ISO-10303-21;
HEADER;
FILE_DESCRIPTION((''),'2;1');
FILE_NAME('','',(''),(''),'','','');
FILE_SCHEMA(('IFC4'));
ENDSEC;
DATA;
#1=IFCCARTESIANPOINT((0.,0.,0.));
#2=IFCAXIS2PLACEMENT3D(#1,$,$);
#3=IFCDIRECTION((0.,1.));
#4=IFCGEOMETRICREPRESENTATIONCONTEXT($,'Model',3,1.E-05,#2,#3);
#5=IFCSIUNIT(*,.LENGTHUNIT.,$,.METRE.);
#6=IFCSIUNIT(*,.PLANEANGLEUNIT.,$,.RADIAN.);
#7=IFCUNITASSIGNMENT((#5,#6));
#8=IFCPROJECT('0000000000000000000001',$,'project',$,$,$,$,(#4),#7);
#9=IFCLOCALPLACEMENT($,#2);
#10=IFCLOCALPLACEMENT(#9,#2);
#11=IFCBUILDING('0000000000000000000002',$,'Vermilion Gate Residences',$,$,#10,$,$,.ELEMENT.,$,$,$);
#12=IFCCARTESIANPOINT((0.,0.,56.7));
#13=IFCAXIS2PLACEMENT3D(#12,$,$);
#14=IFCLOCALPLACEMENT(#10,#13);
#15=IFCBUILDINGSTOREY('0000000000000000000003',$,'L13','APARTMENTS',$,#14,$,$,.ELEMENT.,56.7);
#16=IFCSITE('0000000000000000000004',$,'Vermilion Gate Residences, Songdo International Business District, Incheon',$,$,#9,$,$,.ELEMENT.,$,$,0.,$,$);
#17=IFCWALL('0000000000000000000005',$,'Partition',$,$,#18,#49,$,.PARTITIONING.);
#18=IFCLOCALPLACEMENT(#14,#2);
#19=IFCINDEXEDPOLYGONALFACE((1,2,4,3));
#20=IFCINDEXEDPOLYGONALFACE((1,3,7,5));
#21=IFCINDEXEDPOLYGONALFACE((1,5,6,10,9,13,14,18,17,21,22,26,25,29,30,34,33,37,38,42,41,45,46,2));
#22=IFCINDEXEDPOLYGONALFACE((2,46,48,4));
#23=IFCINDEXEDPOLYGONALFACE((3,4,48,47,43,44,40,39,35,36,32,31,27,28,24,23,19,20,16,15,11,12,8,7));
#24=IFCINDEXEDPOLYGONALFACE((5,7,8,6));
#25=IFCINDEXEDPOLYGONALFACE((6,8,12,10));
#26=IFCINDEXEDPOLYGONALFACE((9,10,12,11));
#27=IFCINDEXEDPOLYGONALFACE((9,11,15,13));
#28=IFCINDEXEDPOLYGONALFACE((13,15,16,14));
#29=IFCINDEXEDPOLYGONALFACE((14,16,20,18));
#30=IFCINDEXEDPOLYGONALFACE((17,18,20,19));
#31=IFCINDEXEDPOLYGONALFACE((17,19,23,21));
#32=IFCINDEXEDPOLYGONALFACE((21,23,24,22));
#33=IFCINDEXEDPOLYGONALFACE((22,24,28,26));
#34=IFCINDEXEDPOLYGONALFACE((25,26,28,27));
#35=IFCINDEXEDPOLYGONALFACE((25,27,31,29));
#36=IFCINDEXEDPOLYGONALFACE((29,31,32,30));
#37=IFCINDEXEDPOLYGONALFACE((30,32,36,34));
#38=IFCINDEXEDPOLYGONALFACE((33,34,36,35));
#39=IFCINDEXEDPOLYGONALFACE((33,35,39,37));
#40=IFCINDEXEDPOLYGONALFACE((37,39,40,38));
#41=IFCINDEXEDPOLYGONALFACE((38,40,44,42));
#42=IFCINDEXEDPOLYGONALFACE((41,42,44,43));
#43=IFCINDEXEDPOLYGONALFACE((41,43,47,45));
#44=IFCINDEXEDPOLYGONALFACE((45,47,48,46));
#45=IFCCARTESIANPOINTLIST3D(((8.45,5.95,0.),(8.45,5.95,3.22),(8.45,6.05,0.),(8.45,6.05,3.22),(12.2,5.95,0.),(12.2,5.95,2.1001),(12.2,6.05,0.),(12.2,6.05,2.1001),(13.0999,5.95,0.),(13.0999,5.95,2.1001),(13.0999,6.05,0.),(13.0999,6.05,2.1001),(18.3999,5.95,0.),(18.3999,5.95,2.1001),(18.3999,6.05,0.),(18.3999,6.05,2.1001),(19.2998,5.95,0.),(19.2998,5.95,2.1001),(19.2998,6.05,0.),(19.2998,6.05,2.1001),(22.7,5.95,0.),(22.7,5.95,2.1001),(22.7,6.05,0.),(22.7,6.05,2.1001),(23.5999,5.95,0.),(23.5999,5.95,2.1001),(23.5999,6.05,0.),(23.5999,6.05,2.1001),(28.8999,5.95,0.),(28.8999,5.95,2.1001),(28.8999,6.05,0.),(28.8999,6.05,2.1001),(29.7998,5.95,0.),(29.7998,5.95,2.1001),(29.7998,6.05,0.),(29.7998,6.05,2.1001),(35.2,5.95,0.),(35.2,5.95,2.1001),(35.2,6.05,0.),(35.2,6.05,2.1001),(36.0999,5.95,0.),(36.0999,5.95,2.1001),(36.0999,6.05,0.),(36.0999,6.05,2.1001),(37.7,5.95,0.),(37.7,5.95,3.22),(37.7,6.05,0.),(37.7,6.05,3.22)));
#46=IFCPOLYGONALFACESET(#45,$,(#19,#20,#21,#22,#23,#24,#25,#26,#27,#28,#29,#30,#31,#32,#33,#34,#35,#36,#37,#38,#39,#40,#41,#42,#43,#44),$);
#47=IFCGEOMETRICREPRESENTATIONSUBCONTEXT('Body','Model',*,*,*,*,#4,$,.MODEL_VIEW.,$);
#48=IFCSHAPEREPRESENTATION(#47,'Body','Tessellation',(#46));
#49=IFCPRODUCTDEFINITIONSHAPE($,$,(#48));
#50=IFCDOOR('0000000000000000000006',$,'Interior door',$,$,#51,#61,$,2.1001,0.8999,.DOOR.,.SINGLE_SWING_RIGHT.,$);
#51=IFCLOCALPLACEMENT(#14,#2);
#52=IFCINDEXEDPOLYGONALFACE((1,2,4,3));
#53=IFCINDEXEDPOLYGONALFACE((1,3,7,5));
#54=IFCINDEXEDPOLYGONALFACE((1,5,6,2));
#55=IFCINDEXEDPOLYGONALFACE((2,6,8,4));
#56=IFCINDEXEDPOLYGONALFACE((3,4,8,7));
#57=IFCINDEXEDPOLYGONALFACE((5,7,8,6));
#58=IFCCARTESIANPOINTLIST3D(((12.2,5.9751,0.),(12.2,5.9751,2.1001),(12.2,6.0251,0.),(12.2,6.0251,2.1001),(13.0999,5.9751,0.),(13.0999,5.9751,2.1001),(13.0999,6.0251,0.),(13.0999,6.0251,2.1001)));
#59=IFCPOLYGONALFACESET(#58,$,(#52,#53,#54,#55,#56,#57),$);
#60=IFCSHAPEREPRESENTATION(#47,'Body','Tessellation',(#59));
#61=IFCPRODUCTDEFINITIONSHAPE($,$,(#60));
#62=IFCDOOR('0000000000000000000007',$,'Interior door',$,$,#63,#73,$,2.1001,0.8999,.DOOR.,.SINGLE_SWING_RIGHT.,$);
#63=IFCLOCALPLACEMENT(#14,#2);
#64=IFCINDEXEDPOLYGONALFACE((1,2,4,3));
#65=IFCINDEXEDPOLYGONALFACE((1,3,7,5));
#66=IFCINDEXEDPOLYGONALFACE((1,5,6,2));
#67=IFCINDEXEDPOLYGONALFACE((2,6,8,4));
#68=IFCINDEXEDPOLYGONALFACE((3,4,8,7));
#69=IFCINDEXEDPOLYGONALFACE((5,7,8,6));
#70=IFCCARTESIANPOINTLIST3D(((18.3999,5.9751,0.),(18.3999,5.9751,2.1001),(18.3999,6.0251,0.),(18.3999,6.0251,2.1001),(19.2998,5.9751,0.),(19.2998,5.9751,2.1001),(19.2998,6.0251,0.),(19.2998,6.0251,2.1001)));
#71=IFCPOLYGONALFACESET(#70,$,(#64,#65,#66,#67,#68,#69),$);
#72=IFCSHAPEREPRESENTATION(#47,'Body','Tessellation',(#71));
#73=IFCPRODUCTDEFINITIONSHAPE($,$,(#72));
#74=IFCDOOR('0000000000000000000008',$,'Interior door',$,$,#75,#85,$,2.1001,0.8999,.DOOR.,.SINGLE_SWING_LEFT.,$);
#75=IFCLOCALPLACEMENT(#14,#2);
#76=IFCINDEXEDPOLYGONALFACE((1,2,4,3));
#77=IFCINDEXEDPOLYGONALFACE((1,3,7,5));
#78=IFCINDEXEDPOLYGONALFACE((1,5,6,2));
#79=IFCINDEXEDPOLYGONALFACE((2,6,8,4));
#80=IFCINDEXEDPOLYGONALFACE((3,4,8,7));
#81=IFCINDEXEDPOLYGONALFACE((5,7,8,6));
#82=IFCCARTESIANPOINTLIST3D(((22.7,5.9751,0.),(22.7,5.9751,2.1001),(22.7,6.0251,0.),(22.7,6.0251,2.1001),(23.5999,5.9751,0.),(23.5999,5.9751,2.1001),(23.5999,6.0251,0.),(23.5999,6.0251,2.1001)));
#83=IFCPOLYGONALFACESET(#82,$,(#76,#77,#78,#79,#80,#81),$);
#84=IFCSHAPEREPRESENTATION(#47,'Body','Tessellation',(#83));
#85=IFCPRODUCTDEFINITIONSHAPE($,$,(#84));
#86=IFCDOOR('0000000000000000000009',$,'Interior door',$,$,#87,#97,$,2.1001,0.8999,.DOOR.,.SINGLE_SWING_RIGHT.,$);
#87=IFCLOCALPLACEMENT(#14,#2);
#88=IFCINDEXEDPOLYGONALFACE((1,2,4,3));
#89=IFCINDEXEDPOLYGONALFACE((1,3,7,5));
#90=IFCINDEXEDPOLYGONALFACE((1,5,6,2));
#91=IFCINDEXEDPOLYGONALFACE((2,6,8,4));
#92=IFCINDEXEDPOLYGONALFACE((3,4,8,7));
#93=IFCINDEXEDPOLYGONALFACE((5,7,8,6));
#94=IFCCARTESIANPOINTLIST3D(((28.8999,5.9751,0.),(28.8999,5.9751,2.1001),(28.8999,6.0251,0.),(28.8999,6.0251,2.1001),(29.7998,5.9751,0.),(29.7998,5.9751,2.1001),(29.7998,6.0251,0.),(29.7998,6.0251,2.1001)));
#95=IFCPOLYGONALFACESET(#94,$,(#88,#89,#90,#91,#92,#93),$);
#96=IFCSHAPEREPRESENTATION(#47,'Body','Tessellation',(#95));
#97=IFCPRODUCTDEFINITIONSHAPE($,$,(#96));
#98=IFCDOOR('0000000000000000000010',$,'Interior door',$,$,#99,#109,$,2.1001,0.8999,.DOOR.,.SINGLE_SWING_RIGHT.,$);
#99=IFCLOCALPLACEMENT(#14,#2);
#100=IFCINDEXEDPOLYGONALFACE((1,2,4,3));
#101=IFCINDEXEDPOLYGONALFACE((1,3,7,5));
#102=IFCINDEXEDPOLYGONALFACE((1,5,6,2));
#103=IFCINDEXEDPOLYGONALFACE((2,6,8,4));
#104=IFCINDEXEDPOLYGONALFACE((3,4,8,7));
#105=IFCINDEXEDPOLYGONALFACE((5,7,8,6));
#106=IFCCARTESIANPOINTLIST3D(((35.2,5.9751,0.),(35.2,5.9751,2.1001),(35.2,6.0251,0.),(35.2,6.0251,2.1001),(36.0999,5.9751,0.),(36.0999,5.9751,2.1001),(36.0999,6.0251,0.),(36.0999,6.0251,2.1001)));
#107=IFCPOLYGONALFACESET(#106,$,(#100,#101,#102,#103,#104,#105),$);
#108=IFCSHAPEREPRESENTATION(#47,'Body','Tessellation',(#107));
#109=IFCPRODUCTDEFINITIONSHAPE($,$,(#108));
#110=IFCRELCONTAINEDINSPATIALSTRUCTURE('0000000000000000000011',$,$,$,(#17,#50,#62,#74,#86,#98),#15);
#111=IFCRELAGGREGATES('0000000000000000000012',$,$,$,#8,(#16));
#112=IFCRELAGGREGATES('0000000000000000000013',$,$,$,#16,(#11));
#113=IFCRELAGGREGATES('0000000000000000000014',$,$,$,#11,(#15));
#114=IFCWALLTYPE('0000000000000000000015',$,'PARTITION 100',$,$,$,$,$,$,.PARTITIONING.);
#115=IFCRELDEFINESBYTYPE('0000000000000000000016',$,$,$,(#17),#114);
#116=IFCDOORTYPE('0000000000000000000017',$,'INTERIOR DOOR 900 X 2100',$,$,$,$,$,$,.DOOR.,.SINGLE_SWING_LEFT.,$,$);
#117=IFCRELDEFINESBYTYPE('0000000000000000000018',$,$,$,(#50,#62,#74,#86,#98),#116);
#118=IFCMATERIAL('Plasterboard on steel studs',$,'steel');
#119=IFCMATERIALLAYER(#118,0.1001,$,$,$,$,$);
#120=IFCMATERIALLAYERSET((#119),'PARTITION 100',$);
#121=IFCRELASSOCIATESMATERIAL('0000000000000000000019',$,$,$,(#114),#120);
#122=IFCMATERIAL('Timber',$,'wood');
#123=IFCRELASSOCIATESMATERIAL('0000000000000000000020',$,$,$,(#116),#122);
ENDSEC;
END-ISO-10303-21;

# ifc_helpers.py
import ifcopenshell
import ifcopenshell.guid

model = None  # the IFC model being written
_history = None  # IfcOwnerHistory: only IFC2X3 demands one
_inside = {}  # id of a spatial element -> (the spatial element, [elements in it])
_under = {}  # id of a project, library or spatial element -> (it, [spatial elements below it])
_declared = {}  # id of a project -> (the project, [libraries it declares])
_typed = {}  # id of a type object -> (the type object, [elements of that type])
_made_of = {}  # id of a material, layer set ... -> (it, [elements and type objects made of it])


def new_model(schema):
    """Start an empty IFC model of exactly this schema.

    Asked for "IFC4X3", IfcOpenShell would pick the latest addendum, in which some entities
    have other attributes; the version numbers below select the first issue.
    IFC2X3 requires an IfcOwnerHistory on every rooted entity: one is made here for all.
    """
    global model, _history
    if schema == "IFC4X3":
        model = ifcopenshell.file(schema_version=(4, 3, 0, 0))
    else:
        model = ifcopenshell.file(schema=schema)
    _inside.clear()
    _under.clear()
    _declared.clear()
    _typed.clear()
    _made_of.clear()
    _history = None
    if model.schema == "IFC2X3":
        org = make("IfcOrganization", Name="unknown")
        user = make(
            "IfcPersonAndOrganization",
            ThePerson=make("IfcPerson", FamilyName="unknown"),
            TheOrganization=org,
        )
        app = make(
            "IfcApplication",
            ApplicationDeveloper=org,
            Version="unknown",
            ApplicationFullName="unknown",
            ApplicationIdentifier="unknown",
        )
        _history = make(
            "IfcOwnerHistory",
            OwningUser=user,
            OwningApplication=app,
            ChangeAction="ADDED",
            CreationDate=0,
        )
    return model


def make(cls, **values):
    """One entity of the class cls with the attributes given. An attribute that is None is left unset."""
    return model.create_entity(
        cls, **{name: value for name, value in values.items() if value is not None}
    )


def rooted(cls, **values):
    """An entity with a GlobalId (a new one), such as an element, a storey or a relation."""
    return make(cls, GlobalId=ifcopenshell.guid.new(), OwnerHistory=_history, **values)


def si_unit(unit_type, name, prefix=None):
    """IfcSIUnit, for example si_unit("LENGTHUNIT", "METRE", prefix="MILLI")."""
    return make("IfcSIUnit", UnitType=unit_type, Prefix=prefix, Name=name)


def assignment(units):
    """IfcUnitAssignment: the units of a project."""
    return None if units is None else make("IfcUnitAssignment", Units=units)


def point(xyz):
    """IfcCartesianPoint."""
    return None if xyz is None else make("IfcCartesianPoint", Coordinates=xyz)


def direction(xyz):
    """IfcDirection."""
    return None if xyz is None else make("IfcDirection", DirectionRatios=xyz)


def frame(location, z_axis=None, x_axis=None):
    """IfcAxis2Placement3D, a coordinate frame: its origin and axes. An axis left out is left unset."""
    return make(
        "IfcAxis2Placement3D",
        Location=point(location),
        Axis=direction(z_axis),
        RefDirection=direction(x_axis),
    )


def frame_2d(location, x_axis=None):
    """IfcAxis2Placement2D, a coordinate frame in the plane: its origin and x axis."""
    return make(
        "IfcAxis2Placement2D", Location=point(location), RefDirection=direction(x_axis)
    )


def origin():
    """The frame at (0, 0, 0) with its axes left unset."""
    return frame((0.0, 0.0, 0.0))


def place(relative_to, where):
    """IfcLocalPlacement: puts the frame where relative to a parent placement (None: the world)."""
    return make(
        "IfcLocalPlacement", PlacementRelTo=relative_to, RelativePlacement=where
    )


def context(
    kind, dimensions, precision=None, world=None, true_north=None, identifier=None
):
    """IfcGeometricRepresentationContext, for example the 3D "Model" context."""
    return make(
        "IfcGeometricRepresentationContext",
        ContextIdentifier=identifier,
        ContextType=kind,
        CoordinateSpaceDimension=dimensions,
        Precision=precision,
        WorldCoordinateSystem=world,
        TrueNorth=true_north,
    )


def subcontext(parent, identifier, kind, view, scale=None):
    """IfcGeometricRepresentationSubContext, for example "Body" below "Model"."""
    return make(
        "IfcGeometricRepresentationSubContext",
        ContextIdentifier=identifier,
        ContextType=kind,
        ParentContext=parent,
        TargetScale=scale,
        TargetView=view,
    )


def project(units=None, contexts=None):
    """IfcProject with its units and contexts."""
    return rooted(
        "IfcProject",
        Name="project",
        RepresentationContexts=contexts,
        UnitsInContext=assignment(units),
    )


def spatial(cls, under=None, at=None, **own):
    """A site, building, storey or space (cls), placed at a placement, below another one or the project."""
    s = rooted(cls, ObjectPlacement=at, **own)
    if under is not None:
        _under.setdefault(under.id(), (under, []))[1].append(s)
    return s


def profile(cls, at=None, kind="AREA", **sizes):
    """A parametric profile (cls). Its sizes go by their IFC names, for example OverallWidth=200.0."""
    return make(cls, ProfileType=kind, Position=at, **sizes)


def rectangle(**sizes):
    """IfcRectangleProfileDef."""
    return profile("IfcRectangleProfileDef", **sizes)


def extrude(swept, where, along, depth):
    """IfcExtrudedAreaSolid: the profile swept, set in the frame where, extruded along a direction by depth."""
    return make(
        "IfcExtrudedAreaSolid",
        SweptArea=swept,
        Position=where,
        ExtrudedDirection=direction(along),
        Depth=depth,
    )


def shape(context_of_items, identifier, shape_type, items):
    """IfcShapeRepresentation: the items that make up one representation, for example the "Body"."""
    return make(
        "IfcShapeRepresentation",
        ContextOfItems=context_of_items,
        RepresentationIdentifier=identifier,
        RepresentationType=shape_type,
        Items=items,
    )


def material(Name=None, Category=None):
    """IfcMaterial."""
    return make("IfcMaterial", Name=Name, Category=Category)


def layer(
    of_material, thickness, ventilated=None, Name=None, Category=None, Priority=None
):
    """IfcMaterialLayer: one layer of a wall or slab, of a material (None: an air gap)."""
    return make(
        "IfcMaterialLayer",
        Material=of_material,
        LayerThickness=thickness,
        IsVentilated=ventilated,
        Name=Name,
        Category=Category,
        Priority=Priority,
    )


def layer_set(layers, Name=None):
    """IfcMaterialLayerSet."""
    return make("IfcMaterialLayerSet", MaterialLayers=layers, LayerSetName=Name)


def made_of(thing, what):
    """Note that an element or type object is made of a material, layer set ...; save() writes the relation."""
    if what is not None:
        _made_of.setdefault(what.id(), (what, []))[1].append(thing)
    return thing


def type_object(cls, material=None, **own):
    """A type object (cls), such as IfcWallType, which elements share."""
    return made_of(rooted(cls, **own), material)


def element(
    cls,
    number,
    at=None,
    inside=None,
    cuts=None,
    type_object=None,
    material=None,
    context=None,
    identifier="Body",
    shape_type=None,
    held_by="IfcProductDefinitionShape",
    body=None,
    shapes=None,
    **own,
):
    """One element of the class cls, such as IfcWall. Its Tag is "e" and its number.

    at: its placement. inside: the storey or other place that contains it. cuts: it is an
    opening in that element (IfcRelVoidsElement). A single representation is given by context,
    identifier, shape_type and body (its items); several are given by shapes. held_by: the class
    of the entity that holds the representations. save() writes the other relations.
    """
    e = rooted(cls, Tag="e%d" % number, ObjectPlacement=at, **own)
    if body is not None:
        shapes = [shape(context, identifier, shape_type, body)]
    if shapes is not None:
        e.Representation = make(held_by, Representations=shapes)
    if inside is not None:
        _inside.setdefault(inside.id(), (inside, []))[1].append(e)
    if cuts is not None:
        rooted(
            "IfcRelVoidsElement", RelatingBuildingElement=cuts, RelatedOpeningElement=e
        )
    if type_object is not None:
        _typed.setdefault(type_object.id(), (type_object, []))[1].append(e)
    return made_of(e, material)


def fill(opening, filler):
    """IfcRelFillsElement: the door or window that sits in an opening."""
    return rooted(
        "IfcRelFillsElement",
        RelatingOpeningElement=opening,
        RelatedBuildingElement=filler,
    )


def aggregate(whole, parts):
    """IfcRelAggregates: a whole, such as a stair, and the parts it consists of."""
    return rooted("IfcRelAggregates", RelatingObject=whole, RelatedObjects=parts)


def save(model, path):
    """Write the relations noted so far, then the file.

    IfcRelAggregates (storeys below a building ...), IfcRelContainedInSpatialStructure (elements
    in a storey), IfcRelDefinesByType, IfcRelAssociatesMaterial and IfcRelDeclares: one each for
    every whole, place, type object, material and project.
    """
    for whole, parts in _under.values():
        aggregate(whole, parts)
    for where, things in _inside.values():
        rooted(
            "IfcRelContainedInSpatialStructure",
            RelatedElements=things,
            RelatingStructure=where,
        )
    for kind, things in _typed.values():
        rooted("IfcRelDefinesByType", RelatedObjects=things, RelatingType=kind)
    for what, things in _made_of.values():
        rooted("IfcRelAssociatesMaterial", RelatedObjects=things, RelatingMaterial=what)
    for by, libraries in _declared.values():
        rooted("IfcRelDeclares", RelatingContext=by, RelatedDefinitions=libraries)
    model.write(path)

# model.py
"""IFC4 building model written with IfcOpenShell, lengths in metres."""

from ifc_helpers import new_model, si_unit, direction, frame, frame_2d, origin, place, context, subcontext, project, spatial, rectangle, extrude, material, layer, layer_set, type_object, element, fill, save


model = new_model("IFC4")

# Units and contexts
model_context = context("Model", 3, precision=1e-05, world=origin(), true_north=direction((0.0, 1.0)))
body_context = subcontext(model_context, "Body", "Model", "MODEL_VIEW")
ifc_project = project(units=[si_unit("LENGTHUNIT", "METRE"), si_unit("PLANEANGLEUNIT", "RADIAN")], contexts=[model_context])

# Site, building, storey
site_placement = place(None, origin())
site = spatial("IfcSite", under=ifc_project, at=site_placement, Name="Vermilion Gate Residences, Songdo International Business District, Incheon", CompositionType="ELEMENT", RefElevation=0.0)
building_placement = place(site_placement, origin())
building = spatial("IfcBuilding", under=site, at=building_placement, Name="Vermilion Gate Residences", CompositionType="ELEMENT")
storey_placement = place(building_placement, frame((0.0, 0.0, 56.7)))
storey = spatial("IfcBuildingStorey", under=building, at=storey_placement, Name="L13", Description="APARTMENTS", CompositionType="ELEMENT", Elevation=56.7)

# Wall, openings, doors
ifc_material_1 = material(Name="Plasterboard on steel studs", Category="steel")
ifc_layer_1 = layer(ifc_material_1, 0.1001)
ifc_layer_set_1 = layer_set([ifc_layer_1], Name="PARTITION 100")
wall_type_1 = type_object("IfcWallType", Name="PARTITION 100", PredefinedType="PARTITIONING", material=ifc_layer_set_1)
wall_1_placement = place(storey_placement, frame((8.45, 6.0, 0.0), z_axis=(0.0, 0.0, 1.0), x_axis=(1.0, 0.0, 0.0)))
wall_1 = element("IfcWall", 1, at=wall_1_placement, inside=storey, type_object=wall_type_1, Name="Partition", PredefinedType="PARTITIONING", context=body_context, shape_type="SweptSolid", body=[
    extrude(rectangle(XDim=29.25, YDim=0.1001, at=frame_2d((14.625, 0.0))), origin(), (0.0, 0.0, 1.0), 3.22),
])
opening_1_placement = place(wall_1_placement, frame((3.75, 0.0, 0.0)))
opening_1 = element("IfcOpeningElement", 2, at=opening_1_placement, cuts=wall_1, PredefinedType="OPENING", context=body_context, shape_type="SweptSolid", body=[
    extrude(rectangle(XDim=0.8999, YDim=2.1001, at=frame_2d((0.45, 1.05))), frame((0.0, 0.0601, 0.0), z_axis=(0.0, -1.0, 0.0), x_axis=(1.0, 0.0, 0.0)), (0.0, 0.0, 1.0), 0.1201),
])
opening_2_placement = place(wall_1_placement, frame((9.95, 0.0, 0.0)))
opening_2 = element("IfcOpeningElement", 3, at=opening_2_placement, cuts=wall_1, PredefinedType="OPENING", context=body_context, shape_type="SweptSolid", body=[
    extrude(rectangle(XDim=0.8999, YDim=2.1001, at=frame_2d((0.45, 1.05))), frame((0.0, 0.0601, 0.0), z_axis=(0.0, -1.0, 0.0), x_axis=(1.0, 0.0, 0.0)), (0.0, 0.0, 1.0), 0.1201),
])
opening_3_placement = place(wall_1_placement, frame((14.25, 0.0, 0.0)))
opening_3 = element("IfcOpeningElement", 4, at=opening_3_placement, cuts=wall_1, PredefinedType="OPENING", context=body_context, shape_type="SweptSolid", body=[
    extrude(rectangle(XDim=0.8999, YDim=2.1001, at=frame_2d((0.45, 1.05))), frame((0.0, 0.0601, 0.0), z_axis=(0.0, -1.0, 0.0), x_axis=(1.0, 0.0, 0.0)), (0.0, 0.0, 1.0), 0.1201),
])
opening_4_placement = place(wall_1_placement, frame((20.45, 0.0, 0.0)))
opening_4 = element("IfcOpeningElement", 5, at=opening_4_placement, cuts=wall_1, PredefinedType="OPENING", context=body_context, shape_type="SweptSolid", body=[
    extrude(rectangle(XDim=0.8999, YDim=2.1001, at=frame_2d((0.45, 1.05))), frame((0.0, 0.0601, 0.0), z_axis=(0.0, -1.0, 0.0), x_axis=(1.0, 0.0, 0.0)), (0.0, 0.0, 1.0), 0.1201),
])
opening_5_placement = place(wall_1_placement, frame((26.75, 0.0, 0.0)))
opening_5 = element("IfcOpeningElement", 6, at=opening_5_placement, cuts=wall_1, PredefinedType="OPENING", context=body_context, shape_type="SweptSolid", body=[
    extrude(rectangle(XDim=0.8999, YDim=2.1001, at=frame_2d((0.45, 1.05))), frame((0.0, 0.0601, 0.0), z_axis=(0.0, -1.0, 0.0), x_axis=(1.0, 0.0, 0.0)), (0.0, 0.0, 1.0), 0.1201),
])
ifc_material_2 = material(Name="Timber", Category="wood")
door_type = type_object("IfcDoorType", Name="INTERIOR DOOR 900 X 2100", OperationType="SINGLE_SWING_LEFT", PredefinedType="DOOR", material=ifc_material_2)
door_1_placement = place(opening_1_placement, frame((0.8999, 0.0, 0.0), z_axis=(0.0, 0.0, 1.0), x_axis=(-1.0, 0.0, 0.0)))
door_1 = element("IfcDoor", 7, at=door_1_placement, inside=storey, type_object=door_type, Name="Interior door", OperationType="SINGLE_SWING_RIGHT", OverallHeight=2.1001, OverallWidth=0.8999, PredefinedType="DOOR", context=body_context, shape_type="SweptSolid", body=[
    extrude(rectangle(XDim=0.8999, YDim=2.1001, at=frame_2d((0.45, 1.05))), frame((0.0, 0.0249, 0.0), z_axis=(0.0, -1.0, 0.0), x_axis=(1.0, 0.0, 0.0)), (0.0, 0.0, 1.0), 0.05),
])
fill(opening_1, door_1)
door_2_placement = place(opening_2_placement, frame((0.8999, 0.0, 0.0), z_axis=(0.0, 0.0, 1.0), x_axis=(-1.0, 0.0, 0.0)))
door_2 = element("IfcDoor", 8, at=door_2_placement, inside=storey, type_object=door_type, Name="Interior door", OperationType="SINGLE_SWING_RIGHT", OverallHeight=2.1001, OverallWidth=0.8999, PredefinedType="DOOR", context=body_context, shape_type="SweptSolid", body=[
    extrude(rectangle(XDim=0.8999, YDim=2.1001, at=frame_2d((0.45, 1.05))), frame((0.0, 0.0249, 0.0), z_axis=(0.0, -1.0, 0.0), x_axis=(1.0, 0.0, 0.0)), (0.0, 0.0, 1.0), 0.05),
])
fill(opening_2, door_2)
door_3_placement = place(opening_3_placement, frame((0.8999, 0.0, 0.0), z_axis=(0.0, 0.0, 1.0), x_axis=(-1.0, 0.0, 0.0)))
door_3 = element("IfcDoor", 9, at=door_3_placement, inside=storey, type_object=door_type, Name="Interior door", OperationType="SINGLE_SWING_LEFT", OverallHeight=2.1001, OverallWidth=0.8999, PredefinedType="DOOR", context=body_context, shape_type="SweptSolid", body=[
    extrude(rectangle(XDim=0.8999, YDim=2.1001, at=frame_2d((0.45, 1.05))), frame((0.0, 0.0249, 0.0), z_axis=(0.0, -1.0, 0.0), x_axis=(1.0, 0.0, 0.0)), (0.0, 0.0, 1.0), 0.05),
])
fill(opening_3, door_3)
door_4_placement = place(opening_4_placement, frame((0.8999, 0.0, 0.0), z_axis=(0.0, 0.0, 1.0), x_axis=(-1.0, 0.0, 0.0)))
door_4 = element("IfcDoor", 10, at=door_4_placement, inside=storey, type_object=door_type, Name="Interior door", OperationType="SINGLE_SWING_RIGHT", OverallHeight=2.1001, OverallWidth=0.8999, PredefinedType="DOOR", context=body_context, shape_type="SweptSolid", body=[
    extrude(rectangle(XDim=0.8999, YDim=2.1001, at=frame_2d((0.45, 1.05))), frame((0.0, 0.0249, 0.0), z_axis=(0.0, -1.0, 0.0), x_axis=(1.0, 0.0, 0.0)), (0.0, 0.0, 1.0), 0.05),
])
fill(opening_4, door_4)
door_5_placement = place(opening_5_placement, frame((0.8999, 0.0, 0.0), z_axis=(0.0, 0.0, 1.0), x_axis=(-1.0, 0.0, 0.0)))
door_5 = element("IfcDoor", 11, at=door_5_placement, inside=storey, type_object=door_type, Name="Interior door", OperationType="SINGLE_SWING_RIGHT", OverallHeight=2.1001, OverallWidth=0.8999, PredefinedType="DOOR", context=body_context, shape_type="SweptSolid", body=[
    extrude(rectangle(XDim=0.8999, YDim=2.1001, at=frame_2d((0.45, 1.05))), frame((0.0, 0.0249, 0.0), z_axis=(0.0, -1.0, 0.0), x_axis=(1.0, 0.0, 0.0)), (0.0, 0.0, 1.0), 0.05),
])
fill(opening_5, door_5)

save(model, "model.ifc")
